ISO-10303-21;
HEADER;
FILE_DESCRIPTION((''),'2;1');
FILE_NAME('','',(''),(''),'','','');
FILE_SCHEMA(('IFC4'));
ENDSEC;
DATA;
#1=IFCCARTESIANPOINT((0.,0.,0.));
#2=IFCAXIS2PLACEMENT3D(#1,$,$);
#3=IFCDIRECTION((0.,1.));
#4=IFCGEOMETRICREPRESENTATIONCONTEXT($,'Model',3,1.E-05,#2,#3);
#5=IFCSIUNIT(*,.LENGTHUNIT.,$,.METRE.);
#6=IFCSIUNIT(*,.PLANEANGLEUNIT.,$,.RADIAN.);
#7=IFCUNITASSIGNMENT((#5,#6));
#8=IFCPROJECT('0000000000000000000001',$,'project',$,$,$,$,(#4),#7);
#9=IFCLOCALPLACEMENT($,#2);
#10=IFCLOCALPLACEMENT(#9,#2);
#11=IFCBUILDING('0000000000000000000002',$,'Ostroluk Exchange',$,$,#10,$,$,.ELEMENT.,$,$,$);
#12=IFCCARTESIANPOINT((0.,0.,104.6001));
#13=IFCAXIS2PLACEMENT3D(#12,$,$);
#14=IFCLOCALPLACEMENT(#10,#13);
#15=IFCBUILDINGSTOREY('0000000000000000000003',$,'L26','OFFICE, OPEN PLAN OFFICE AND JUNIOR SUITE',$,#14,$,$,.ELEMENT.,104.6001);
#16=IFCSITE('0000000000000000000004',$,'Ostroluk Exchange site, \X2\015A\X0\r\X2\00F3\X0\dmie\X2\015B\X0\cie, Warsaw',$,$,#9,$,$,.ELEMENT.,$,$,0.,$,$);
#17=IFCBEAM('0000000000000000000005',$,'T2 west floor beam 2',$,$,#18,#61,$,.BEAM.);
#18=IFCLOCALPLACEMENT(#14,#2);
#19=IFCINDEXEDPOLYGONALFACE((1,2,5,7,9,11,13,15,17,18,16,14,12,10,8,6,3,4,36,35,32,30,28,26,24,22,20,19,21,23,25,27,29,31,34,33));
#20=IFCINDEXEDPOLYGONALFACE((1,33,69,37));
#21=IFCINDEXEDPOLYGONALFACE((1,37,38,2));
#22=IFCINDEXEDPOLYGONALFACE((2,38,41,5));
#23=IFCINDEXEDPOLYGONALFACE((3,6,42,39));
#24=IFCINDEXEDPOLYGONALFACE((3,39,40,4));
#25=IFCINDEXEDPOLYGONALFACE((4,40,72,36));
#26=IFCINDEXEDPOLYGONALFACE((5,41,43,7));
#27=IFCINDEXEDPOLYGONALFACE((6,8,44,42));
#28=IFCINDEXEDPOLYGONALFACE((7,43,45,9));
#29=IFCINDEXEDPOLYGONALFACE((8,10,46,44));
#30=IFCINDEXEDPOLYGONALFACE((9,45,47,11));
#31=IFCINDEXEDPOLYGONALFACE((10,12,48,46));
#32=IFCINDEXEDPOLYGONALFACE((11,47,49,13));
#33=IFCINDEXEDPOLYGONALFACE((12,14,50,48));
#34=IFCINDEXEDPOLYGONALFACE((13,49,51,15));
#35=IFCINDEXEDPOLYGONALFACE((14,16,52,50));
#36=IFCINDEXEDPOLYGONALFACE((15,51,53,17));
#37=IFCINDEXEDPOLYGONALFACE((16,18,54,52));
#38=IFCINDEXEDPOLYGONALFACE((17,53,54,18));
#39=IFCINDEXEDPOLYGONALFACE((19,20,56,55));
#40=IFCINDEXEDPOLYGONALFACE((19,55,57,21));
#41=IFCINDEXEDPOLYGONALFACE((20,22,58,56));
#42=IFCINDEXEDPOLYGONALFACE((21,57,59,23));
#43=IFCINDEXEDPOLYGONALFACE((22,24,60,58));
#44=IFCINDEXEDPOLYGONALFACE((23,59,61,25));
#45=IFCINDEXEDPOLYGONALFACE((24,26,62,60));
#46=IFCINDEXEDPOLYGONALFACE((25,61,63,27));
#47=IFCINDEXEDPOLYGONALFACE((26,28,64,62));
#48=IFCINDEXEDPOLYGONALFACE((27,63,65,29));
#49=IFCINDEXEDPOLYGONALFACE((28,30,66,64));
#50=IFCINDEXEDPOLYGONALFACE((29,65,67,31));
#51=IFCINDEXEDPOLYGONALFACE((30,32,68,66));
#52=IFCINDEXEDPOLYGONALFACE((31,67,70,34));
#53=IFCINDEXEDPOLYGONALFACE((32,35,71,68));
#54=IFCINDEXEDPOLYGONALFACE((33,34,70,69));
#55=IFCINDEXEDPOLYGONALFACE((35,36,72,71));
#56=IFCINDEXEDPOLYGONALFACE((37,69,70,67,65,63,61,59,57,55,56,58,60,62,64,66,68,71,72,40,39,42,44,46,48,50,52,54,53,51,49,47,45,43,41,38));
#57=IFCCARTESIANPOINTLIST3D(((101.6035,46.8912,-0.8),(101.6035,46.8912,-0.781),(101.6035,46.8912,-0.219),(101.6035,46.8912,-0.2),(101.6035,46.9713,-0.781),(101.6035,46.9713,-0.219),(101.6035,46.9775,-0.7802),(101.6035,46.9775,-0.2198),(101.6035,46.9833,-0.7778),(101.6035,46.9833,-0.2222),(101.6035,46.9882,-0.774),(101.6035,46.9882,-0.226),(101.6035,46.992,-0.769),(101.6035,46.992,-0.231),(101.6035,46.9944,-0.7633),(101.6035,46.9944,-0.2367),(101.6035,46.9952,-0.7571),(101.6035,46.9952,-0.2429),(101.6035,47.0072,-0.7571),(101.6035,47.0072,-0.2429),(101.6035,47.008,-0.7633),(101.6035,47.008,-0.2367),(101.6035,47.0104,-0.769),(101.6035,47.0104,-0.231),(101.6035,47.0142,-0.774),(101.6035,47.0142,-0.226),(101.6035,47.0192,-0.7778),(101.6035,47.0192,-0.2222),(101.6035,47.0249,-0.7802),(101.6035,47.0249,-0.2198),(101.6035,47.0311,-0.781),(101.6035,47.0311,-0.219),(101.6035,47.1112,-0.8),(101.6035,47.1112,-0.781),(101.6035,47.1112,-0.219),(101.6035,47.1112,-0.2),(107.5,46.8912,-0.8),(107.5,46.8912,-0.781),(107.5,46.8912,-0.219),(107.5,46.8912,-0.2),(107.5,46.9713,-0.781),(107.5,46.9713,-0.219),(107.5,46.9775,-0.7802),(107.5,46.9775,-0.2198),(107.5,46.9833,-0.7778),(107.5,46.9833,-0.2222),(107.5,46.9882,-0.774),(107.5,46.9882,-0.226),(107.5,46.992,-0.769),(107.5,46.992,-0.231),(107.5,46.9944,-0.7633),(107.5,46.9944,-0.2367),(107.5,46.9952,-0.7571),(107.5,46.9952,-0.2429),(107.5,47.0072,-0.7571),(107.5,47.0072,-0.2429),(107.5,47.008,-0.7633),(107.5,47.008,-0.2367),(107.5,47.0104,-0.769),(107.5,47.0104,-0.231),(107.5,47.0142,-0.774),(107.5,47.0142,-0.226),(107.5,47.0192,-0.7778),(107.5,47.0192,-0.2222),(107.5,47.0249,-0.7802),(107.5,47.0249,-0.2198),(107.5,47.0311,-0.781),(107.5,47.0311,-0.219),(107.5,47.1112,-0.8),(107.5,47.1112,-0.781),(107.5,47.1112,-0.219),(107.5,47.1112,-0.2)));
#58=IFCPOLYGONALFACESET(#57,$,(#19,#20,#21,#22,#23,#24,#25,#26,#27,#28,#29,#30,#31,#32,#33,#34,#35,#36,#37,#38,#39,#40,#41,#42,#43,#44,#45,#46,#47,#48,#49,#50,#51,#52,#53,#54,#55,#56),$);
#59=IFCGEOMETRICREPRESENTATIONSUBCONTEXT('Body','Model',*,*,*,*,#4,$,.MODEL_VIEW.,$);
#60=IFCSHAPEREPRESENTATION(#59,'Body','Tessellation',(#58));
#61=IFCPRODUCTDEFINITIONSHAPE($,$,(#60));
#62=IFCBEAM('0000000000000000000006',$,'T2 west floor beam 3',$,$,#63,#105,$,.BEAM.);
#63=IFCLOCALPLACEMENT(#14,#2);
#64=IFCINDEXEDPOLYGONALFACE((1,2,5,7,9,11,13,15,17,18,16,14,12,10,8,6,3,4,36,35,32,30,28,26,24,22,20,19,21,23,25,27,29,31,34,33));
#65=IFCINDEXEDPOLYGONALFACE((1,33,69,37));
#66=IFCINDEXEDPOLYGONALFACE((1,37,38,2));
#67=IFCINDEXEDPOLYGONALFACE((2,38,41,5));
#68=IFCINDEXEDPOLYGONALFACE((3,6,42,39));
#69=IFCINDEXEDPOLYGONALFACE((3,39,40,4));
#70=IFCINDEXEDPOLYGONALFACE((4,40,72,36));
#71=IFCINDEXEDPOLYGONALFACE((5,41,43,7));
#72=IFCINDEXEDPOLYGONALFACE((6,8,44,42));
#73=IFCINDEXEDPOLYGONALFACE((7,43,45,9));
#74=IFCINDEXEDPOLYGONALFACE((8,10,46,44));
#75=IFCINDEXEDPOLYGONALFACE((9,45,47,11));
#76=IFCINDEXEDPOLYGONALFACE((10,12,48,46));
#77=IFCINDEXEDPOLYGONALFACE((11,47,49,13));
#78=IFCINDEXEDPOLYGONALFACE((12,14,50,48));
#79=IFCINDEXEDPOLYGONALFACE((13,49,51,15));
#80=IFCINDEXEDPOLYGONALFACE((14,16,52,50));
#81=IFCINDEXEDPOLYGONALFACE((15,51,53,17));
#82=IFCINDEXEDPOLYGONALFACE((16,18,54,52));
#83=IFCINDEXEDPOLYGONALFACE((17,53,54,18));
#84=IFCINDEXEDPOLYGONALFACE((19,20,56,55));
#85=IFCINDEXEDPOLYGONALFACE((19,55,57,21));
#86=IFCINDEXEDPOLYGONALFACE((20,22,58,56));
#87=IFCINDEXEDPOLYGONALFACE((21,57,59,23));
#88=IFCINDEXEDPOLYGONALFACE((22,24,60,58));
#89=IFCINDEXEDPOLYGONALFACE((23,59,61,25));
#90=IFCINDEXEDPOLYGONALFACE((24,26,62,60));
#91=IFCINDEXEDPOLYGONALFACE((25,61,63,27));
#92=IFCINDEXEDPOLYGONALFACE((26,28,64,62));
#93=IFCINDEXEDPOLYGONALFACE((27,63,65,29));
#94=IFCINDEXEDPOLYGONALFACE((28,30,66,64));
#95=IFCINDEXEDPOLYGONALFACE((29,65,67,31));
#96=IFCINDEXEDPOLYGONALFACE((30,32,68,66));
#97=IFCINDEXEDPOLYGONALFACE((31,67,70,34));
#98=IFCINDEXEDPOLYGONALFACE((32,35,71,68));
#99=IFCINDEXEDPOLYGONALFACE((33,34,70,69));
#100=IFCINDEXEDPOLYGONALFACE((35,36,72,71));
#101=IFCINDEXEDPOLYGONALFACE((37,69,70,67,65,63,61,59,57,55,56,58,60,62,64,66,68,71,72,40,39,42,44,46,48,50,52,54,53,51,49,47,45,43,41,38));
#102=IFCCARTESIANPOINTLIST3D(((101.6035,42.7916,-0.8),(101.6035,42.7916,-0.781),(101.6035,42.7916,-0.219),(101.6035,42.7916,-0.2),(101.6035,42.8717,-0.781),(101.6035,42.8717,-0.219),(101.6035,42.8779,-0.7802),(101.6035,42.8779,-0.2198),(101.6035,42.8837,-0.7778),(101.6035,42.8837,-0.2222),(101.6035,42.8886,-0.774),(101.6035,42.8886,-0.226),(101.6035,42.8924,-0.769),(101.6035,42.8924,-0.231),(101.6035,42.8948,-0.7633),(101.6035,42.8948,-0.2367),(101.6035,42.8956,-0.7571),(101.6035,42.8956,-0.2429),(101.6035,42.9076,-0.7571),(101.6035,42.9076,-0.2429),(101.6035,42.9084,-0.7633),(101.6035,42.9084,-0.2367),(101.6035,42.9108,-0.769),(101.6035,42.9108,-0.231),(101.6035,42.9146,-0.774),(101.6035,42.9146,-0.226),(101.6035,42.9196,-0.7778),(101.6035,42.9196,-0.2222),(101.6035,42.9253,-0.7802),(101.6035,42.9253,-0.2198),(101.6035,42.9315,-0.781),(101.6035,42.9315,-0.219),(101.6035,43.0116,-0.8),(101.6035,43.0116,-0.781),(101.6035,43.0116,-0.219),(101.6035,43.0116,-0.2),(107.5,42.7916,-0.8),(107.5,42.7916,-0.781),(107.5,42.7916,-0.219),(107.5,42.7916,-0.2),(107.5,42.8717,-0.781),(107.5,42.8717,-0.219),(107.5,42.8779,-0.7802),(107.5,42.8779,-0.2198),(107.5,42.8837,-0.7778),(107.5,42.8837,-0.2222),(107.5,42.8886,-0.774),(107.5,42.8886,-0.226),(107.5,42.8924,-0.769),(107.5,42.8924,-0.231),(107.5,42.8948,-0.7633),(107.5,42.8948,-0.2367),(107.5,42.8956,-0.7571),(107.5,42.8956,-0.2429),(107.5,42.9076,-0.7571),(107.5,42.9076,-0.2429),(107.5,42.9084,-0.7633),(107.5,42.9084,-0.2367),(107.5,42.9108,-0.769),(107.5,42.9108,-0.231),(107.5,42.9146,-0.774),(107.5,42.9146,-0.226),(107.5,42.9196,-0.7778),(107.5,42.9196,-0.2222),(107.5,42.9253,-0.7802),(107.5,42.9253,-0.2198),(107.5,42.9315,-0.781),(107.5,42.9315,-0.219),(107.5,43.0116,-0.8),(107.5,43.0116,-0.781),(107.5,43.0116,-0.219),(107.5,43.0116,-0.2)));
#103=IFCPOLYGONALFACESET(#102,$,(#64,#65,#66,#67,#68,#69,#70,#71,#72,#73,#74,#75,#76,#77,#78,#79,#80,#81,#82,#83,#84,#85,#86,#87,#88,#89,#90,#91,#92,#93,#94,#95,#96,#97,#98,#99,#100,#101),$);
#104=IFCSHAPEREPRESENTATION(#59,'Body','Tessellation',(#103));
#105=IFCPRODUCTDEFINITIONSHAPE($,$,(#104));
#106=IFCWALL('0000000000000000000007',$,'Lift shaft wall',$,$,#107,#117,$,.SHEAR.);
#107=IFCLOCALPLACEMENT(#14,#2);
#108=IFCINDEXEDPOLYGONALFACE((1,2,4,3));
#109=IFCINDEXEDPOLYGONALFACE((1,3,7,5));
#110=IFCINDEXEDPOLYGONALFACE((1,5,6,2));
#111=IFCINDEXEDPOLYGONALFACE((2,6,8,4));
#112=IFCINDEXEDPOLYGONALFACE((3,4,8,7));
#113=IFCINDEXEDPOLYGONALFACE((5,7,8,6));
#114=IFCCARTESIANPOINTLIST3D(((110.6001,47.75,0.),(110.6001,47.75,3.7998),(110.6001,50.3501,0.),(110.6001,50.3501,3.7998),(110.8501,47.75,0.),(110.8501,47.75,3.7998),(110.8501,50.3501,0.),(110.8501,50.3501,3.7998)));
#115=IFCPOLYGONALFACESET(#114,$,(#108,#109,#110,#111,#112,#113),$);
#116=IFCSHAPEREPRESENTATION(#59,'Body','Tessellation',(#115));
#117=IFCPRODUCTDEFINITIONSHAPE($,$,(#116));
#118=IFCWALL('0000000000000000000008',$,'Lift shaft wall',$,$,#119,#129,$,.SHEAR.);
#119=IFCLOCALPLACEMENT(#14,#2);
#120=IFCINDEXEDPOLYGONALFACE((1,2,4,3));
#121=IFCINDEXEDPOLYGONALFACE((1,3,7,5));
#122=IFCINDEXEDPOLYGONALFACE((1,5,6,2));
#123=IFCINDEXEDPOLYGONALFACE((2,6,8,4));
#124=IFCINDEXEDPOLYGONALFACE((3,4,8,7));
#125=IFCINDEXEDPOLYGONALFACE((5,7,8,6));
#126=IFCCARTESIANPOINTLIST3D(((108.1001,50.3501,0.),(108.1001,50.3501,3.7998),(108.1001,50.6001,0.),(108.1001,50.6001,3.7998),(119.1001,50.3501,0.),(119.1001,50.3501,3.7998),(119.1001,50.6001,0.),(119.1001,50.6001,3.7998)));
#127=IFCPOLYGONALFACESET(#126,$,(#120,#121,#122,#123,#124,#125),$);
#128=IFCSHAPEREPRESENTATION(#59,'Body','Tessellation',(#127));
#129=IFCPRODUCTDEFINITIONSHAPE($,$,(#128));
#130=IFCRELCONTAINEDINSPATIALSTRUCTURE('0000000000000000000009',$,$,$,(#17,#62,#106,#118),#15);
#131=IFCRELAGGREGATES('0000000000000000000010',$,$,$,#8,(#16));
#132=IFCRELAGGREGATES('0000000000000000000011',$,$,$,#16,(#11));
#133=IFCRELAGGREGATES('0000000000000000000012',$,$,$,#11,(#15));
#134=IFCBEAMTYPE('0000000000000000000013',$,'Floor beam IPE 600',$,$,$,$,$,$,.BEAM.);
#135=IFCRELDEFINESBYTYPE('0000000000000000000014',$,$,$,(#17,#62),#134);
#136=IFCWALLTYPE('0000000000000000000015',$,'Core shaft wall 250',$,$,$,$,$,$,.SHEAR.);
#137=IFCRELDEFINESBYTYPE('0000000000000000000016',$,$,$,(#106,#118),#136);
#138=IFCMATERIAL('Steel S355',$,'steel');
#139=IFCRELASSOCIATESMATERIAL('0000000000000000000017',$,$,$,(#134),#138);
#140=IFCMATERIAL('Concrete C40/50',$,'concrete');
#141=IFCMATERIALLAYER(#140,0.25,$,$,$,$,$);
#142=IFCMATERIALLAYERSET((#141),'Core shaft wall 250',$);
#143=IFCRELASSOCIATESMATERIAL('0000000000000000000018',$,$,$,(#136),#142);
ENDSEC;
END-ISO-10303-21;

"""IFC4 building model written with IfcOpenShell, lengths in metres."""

from ifc_helpers import new_model, si_unit, direction, frame, frame_2d, origin, origin_2d, place, context, subcontext, project, spatial, rectangle, i_section, extrude, material, layer, layer_set, material_profile, profile_set, type_object, element, save


model = new_model("IFC4")

# Units and contexts
model_context = context("Model", 3, precision=1e-05, world=origin(), true_north=direction((0.0, 1.0)))
body_context = subcontext(model_context, "Body", "Model", "MODEL_VIEW")
ifc_project = project(units=[si_unit("LENGTHUNIT", "METRE"), si_unit("PLANEANGLEUNIT", "RADIAN")], contexts=[model_context])

# Site, building, storey
site_placement = place(None, origin())
site = spatial("IfcSite", under=ifc_project, at=site_placement, Name="Ostroluk Exchange site, Śródmieście, Warsaw", CompositionType="ELEMENT", RefElevation=0.0)
building_placement = place(site_placement, origin())
building = spatial("IfcBuilding", under=site, at=building_placement, Name="Ostroluk Exchange", CompositionType="ELEMENT")
storey_placement = place(building_placement, frame((0.0, 0.0, 104.6001)))
storey = spatial("IfcBuildingStorey", under=building, at=storey_placement, Name="L26", Description="OFFICE, OPEN PLAN OFFICE AND JUNIOR SUITE", CompositionType="ELEMENT", Elevation=104.6001)

# Beams
ifc_material_1 = material(Name="Steel S355", Category="steel")
ifc_material_profile = material_profile(ifc_material_1, i_section(OverallWidth=0.22, OverallDepth=0.6001, WebThickness=0.012, FlangeThickness=0.019, FilletRadius=0.0239, at=origin_2d()), Name="IPE 600")
ifc_profile_set = profile_set([ifc_material_profile], Name="Steel S355")
beam_type = type_object("IfcBeamType", Name="Floor beam IPE 600", PredefinedType="BEAM", material=ifc_profile_set)
for number, where, z_axis, x_axis, name in (
    (1, (107.5, 47.0012, -0.5), (-1.0, 0.0, 0.0), (0.0, -1.0, 0.0), "T2 west floor beam 2"),
    (2, (107.5, 42.9016, -0.5), (-1.0, 0.0, 0.0), (0.0, -1.0, 0.0), "T2 west floor beam 3"),
):
    element("IfcBeam", number, at=place(storey_placement, frame(where, z_axis=z_axis, x_axis=x_axis)), inside=storey, type_object=beam_type, Name=name, PredefinedType="BEAM", context=body_context, shape_type="SweptSolid", body=[
        extrude(i_section(OverallWidth=0.22, OverallDepth=0.6001, WebThickness=0.012, FlangeThickness=0.019, FilletRadius=0.0239, at=origin_2d()), origin(), (0.0, 0.0, 1.0), 5.8965),
    ])

# Walls
ifc_material_2 = material(Name="Concrete C40/50", Category="concrete")
ifc_layer_1 = layer(ifc_material_2, 0.25)
ifc_layer_set_1 = layer_set([ifc_layer_1], Name="Core shaft wall 250")
wall_type_1 = type_object("IfcWallType", Name="Core shaft wall 250", PredefinedType="SHEAR", material=ifc_layer_set_1)
wall_1_placement = place(storey_placement, frame((110.7251, 47.75, 0.0), z_axis=(0.0, 0.0, 1.0), x_axis=(0.0, 1.0, 0.0)))
element("IfcWall", 3, at=wall_1_placement, inside=storey, type_object=wall_type_1, Name="Lift shaft wall", PredefinedType="SHEAR", context=body_context, shape_type="SweptSolid", body=[
    extrude(rectangle(XDim=2.6001, YDim=0.25, at=frame_2d((1.3, 0.0))), origin(), (0.0, 0.0, 1.0), 3.7998),
])
wall_2_placement = place(storey_placement, frame((108.1001, 50.4751, 0.0), z_axis=(0.0, 0.0, 1.0), x_axis=(1.0, 0.0, 0.0)))
element("IfcWall", 4, at=wall_2_placement, inside=storey, type_object=wall_type_1, Name="Lift shaft wall", PredefinedType="SHEAR", context=body_context, shape_type="SweptSolid", body=[
    extrude(rectangle(XDim=11.0, YDim=0.25, at=frame_2d((5.5, 0.0))), origin(), (0.0, 0.0, 1.0), 3.7998),
])

save(model, "model.ifc")
